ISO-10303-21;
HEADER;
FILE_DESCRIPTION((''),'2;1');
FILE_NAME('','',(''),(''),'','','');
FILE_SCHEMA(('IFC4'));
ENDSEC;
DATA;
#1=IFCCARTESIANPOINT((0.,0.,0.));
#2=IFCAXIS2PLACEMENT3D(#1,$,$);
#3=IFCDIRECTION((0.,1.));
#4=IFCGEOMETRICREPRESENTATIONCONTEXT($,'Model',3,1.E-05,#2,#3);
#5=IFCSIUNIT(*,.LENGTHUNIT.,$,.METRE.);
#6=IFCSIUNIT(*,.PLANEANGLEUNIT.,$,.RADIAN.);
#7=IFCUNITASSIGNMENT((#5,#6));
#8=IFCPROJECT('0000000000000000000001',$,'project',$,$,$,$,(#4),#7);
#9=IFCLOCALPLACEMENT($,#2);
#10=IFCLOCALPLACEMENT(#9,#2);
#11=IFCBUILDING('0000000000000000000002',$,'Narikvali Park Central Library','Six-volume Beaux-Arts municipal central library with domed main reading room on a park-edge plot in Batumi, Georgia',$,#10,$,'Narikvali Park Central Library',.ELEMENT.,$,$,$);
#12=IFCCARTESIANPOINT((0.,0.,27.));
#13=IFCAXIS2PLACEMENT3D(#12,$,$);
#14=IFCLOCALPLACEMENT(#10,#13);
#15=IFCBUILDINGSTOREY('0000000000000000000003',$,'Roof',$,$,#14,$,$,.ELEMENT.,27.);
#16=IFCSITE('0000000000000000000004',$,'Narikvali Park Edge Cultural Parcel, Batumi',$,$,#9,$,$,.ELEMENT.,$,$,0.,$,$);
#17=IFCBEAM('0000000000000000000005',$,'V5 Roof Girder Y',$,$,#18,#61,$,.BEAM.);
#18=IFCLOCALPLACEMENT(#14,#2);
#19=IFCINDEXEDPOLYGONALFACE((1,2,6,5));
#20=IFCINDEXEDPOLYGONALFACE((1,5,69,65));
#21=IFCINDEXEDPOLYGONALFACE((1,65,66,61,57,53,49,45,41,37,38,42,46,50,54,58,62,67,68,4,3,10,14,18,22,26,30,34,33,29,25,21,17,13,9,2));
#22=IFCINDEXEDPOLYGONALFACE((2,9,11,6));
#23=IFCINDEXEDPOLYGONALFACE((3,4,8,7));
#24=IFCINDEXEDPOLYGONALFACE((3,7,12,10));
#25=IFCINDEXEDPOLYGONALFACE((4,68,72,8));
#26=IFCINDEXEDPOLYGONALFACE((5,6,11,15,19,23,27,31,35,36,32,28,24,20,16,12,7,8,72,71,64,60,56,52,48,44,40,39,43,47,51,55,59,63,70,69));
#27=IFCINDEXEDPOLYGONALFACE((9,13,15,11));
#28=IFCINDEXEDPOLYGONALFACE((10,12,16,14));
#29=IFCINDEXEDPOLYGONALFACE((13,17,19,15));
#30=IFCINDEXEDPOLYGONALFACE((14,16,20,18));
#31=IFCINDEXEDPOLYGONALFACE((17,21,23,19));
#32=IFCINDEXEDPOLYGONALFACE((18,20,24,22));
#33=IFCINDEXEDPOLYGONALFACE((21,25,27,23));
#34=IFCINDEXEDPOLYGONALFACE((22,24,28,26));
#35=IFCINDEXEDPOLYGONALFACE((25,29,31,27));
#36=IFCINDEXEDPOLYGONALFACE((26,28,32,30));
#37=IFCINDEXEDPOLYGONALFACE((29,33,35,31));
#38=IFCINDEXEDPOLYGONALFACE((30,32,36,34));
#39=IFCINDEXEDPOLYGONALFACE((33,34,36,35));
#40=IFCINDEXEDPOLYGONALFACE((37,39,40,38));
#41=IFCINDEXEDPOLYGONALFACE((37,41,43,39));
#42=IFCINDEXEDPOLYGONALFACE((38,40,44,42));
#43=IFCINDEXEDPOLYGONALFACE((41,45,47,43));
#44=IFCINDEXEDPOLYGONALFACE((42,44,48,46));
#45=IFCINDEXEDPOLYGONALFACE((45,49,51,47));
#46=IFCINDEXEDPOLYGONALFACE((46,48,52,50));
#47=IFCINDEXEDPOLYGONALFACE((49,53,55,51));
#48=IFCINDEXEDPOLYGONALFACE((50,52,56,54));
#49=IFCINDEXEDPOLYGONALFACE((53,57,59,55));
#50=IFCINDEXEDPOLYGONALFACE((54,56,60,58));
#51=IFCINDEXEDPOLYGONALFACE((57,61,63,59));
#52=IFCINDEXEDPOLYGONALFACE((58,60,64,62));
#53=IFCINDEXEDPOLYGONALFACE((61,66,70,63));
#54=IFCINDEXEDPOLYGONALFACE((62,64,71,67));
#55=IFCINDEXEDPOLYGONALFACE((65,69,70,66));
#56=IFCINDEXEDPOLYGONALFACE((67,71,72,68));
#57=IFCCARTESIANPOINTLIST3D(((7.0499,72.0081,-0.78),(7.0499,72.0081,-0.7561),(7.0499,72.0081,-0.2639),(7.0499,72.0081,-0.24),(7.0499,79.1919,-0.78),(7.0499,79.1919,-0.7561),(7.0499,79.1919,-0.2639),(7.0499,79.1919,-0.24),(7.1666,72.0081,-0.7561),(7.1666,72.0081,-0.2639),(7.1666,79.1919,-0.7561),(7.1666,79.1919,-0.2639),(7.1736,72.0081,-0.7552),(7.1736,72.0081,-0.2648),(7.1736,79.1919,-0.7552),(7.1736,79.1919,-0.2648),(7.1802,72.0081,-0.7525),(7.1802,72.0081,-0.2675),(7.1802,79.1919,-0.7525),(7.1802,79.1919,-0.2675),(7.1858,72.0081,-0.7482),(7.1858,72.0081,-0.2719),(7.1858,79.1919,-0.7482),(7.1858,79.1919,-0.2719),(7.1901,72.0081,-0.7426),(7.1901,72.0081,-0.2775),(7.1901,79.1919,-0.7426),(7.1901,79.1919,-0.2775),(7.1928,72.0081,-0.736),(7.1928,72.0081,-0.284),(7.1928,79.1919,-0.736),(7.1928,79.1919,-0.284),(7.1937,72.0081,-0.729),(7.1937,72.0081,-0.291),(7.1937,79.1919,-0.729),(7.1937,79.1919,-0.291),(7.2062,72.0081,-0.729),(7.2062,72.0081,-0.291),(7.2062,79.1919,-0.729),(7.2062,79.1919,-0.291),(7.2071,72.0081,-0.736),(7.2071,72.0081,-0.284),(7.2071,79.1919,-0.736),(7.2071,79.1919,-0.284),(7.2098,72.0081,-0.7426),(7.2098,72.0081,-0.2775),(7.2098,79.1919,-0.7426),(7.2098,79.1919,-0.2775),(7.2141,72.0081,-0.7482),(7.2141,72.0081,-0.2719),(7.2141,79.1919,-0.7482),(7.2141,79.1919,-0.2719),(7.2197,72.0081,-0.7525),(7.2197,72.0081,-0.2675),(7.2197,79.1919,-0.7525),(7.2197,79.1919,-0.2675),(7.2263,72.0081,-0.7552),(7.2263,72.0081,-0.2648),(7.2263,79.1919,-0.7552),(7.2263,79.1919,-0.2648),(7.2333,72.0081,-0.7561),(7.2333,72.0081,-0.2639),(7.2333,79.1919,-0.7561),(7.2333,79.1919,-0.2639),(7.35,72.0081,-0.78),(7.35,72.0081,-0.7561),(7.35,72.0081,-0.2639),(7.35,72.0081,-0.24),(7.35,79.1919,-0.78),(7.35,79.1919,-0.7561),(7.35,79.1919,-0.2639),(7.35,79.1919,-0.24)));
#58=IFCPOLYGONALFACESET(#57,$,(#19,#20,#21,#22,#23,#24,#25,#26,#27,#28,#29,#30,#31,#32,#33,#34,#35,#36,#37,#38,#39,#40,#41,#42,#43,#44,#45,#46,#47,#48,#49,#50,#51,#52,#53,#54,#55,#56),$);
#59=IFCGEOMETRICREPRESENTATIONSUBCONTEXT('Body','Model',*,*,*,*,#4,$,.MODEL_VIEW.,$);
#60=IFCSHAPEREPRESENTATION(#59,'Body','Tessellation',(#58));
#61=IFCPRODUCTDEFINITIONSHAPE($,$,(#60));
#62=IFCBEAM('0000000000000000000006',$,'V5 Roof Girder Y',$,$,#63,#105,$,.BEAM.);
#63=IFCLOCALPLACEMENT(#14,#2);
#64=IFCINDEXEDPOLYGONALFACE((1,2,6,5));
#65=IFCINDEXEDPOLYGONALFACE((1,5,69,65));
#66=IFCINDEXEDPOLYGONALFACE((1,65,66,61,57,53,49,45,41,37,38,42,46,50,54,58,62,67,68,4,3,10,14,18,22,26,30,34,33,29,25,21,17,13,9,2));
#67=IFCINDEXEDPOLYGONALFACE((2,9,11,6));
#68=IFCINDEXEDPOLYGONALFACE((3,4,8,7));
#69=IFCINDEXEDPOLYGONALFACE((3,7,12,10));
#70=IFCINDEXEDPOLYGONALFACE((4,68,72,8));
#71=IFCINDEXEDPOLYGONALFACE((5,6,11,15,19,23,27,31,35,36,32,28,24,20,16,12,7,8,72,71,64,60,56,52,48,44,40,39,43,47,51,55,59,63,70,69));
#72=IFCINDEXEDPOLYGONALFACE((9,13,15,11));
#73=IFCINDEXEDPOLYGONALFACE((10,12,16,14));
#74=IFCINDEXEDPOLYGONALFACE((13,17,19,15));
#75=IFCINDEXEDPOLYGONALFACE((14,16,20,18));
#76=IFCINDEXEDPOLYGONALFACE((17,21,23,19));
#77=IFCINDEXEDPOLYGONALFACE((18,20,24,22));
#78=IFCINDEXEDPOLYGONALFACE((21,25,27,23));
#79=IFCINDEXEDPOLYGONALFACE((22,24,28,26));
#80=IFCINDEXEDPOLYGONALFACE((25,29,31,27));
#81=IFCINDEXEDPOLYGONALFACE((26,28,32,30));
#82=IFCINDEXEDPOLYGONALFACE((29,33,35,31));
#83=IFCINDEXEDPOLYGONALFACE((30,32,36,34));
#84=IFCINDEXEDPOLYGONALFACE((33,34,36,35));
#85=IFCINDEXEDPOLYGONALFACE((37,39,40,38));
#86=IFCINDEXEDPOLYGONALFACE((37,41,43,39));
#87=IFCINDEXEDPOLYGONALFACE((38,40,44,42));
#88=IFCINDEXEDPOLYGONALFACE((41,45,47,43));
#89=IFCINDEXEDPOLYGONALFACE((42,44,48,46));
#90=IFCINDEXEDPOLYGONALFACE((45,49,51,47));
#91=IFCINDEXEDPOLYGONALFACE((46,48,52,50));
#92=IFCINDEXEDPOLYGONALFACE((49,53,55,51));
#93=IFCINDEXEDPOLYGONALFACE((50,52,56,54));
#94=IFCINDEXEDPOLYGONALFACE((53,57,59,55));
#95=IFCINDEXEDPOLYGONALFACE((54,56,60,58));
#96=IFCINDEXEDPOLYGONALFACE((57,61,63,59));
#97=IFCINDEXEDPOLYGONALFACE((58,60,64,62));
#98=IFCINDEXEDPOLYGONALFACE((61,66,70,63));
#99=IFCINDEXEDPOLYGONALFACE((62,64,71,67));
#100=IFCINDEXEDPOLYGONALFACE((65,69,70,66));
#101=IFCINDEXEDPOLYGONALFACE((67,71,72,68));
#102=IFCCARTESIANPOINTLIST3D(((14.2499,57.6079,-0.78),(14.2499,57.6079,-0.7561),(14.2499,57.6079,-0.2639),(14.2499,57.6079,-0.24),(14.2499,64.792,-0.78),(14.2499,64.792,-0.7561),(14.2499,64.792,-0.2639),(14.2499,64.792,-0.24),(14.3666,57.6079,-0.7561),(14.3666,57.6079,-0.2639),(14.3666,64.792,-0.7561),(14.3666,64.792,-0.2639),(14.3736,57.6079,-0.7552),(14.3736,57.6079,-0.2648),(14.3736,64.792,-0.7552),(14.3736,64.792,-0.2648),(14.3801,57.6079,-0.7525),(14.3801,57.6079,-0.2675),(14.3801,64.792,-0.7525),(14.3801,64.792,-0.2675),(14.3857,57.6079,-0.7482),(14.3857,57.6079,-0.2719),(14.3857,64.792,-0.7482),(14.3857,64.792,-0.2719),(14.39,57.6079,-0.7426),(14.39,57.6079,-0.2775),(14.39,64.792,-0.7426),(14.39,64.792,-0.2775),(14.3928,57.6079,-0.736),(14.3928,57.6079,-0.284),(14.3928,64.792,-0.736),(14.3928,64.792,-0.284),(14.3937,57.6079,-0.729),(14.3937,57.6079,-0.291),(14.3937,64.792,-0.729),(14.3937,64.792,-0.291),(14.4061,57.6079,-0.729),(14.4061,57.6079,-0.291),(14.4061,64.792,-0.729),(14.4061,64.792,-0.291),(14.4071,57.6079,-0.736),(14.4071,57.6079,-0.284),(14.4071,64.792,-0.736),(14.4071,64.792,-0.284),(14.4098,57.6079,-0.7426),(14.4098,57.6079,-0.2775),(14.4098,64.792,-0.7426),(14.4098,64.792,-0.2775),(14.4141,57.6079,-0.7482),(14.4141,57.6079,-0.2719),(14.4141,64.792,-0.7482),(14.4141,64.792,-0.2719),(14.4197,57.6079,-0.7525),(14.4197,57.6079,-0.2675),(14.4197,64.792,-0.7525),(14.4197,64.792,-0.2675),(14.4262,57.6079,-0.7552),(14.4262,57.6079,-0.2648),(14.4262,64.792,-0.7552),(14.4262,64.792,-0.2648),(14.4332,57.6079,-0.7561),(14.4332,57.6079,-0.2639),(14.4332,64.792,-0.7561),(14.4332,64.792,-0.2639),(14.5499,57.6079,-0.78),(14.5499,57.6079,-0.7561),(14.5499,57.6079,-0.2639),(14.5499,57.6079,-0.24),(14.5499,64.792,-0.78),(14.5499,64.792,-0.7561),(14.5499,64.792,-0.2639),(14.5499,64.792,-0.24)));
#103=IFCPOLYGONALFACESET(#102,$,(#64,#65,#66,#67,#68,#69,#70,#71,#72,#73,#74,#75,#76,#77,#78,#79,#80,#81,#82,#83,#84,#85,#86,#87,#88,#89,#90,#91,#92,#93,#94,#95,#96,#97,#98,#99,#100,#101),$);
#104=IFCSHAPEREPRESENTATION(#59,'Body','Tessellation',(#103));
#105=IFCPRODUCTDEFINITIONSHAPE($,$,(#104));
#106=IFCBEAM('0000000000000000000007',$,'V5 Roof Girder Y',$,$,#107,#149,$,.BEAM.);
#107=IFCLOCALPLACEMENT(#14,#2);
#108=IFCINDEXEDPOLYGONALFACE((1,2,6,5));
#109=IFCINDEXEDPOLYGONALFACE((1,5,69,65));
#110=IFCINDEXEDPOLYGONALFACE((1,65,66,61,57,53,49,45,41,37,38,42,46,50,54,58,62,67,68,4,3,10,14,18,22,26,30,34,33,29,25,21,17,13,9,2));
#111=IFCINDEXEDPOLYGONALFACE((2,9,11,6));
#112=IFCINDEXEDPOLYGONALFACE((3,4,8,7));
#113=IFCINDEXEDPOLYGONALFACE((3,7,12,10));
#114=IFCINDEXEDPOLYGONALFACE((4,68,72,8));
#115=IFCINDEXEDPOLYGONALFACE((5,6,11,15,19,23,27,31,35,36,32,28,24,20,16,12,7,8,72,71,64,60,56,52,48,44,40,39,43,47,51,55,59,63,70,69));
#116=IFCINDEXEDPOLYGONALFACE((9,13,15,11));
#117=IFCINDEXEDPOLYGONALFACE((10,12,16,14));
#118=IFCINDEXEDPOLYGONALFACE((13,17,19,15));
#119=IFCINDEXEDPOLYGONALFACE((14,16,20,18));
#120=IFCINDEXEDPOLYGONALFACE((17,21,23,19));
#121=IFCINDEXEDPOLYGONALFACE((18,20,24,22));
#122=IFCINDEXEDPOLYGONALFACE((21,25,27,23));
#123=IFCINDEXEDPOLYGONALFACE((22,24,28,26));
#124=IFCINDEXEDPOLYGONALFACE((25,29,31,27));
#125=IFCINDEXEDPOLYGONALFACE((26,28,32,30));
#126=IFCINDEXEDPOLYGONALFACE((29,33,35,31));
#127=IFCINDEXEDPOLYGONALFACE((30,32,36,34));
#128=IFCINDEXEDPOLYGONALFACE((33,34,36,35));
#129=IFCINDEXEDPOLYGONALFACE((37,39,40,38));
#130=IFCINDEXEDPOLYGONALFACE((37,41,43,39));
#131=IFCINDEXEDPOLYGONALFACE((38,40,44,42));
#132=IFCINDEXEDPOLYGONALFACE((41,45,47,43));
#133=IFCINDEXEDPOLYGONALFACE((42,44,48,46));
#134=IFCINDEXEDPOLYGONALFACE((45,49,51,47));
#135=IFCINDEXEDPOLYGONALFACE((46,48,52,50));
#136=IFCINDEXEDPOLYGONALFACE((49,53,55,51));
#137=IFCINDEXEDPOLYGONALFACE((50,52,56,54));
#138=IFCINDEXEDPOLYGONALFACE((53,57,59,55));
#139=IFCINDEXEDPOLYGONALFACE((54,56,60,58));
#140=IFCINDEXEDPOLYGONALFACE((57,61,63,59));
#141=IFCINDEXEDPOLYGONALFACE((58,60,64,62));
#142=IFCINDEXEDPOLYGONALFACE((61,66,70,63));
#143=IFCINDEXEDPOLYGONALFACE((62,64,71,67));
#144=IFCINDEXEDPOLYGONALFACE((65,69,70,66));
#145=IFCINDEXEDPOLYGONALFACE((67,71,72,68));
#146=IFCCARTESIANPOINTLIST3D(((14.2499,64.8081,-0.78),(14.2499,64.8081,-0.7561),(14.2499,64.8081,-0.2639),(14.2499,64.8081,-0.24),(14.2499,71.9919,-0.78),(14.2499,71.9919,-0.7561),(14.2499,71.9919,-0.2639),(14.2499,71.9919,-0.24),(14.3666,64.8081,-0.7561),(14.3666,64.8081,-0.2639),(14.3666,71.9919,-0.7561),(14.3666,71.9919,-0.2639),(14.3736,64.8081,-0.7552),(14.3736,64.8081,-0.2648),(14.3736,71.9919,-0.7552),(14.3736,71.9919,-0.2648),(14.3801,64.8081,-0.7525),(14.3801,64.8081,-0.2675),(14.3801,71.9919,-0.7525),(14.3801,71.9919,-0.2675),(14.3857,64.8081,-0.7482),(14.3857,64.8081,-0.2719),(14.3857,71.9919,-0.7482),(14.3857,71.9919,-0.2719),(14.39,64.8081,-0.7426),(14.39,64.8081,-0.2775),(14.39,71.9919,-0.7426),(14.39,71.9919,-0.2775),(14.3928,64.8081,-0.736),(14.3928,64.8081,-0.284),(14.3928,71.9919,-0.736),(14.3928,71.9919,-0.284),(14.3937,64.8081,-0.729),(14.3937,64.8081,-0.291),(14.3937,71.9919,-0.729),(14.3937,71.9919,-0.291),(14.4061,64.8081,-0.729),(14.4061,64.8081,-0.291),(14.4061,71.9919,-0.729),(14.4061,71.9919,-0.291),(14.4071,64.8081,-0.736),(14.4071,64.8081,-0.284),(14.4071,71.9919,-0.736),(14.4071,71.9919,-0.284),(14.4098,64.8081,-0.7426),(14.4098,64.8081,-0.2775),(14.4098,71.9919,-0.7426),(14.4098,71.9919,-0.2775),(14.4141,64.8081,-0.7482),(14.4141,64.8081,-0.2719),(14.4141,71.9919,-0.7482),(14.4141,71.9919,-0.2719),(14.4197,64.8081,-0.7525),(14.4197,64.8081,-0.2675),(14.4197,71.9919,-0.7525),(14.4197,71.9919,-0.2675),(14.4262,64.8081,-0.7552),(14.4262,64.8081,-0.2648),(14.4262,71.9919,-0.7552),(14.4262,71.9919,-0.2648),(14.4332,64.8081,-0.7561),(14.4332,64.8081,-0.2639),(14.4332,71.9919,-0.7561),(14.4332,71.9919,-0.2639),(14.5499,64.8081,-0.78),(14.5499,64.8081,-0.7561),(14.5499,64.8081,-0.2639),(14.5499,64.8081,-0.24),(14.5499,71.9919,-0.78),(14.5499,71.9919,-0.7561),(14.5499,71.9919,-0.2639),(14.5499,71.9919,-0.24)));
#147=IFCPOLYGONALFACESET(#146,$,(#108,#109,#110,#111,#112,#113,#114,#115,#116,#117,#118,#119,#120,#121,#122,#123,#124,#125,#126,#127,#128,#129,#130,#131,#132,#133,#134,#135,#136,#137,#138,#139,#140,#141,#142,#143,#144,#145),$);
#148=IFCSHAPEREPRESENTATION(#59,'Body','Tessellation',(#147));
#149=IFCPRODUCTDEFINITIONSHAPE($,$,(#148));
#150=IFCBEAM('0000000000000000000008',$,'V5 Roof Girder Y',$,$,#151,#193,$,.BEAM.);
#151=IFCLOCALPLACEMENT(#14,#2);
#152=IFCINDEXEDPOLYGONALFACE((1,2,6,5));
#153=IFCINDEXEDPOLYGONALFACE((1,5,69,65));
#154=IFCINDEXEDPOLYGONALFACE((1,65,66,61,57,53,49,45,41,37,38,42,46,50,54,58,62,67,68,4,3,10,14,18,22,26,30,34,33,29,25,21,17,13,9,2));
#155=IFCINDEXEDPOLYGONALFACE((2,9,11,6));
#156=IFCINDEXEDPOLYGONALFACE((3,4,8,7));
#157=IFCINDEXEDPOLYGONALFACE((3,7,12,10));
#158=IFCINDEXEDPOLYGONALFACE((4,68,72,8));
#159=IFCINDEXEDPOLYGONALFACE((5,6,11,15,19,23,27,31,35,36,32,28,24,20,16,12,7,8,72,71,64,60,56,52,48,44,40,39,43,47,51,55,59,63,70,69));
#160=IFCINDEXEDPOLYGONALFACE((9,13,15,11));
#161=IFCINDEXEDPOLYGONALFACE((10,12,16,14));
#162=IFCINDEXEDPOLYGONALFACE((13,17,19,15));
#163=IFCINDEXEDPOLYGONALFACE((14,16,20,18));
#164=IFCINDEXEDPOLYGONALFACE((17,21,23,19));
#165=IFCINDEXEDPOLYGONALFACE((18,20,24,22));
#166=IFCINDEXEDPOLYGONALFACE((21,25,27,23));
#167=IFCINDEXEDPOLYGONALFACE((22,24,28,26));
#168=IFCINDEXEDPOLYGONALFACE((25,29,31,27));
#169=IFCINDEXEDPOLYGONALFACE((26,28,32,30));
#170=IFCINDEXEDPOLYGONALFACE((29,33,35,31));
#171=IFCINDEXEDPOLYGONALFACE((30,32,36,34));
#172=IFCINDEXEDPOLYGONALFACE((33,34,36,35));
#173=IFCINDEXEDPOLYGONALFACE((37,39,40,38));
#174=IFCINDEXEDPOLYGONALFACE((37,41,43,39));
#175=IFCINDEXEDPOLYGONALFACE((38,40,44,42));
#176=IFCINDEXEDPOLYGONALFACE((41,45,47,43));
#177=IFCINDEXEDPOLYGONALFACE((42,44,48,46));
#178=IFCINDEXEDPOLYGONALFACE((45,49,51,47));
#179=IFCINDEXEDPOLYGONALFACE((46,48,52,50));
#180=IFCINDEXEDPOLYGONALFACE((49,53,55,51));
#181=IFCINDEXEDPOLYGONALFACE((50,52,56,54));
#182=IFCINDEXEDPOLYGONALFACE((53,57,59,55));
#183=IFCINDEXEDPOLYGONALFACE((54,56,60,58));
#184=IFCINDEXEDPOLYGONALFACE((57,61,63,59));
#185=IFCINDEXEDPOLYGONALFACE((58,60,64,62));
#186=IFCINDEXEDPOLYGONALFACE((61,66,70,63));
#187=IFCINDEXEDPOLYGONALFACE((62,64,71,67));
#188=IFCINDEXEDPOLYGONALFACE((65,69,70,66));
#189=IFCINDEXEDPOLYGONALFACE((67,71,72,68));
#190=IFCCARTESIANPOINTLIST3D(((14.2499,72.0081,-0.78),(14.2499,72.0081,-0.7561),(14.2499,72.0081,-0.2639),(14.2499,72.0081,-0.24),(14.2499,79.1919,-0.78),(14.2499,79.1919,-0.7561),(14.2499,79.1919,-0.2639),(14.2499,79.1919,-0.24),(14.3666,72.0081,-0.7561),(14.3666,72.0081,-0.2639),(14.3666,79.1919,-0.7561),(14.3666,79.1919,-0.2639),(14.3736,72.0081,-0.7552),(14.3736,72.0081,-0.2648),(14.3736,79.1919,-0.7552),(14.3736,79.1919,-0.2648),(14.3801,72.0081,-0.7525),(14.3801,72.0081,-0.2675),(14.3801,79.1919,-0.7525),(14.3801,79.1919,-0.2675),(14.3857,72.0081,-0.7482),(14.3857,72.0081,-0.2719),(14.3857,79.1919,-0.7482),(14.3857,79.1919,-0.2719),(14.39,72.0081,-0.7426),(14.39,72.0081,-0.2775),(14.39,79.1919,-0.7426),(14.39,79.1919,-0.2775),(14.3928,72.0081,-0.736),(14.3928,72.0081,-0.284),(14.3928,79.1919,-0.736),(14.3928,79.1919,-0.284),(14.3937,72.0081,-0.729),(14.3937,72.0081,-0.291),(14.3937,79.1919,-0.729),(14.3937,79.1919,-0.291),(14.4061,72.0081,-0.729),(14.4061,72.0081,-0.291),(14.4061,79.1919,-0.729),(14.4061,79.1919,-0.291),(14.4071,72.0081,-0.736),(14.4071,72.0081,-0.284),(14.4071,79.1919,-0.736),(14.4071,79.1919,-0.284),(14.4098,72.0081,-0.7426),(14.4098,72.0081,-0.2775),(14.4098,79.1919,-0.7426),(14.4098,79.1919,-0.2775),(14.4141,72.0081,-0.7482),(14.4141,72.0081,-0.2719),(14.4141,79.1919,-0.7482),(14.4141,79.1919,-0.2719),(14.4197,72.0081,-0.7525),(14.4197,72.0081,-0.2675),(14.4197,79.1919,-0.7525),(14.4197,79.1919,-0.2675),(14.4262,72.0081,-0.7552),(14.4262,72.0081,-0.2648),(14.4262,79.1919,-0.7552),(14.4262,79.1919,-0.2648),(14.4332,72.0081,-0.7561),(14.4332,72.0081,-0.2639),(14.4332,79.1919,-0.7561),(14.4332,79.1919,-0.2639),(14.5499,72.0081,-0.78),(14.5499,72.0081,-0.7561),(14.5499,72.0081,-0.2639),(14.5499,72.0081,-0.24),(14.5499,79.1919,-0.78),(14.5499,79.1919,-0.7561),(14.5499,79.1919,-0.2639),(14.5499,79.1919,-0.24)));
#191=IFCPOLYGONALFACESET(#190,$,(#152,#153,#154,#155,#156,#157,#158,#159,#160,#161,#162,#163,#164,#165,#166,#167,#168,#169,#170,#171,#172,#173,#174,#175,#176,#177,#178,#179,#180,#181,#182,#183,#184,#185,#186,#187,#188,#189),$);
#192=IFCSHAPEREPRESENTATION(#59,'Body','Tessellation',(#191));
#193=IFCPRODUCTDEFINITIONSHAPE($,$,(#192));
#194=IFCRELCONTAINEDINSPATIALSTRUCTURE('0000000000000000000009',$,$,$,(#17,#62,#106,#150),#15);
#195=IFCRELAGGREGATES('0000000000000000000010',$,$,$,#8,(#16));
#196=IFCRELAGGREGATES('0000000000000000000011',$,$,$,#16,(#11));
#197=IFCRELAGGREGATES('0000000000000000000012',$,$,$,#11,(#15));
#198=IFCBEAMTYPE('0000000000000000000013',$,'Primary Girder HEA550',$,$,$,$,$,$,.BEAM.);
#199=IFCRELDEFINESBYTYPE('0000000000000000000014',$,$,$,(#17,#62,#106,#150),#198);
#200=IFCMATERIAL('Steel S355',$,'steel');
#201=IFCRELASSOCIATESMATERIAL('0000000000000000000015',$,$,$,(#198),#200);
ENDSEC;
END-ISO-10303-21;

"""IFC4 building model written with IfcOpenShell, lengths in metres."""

from ifc_helpers import new_model, si_unit, direction, frame, origin, origin_2d, place, context, subcontext, project, spatial, i_section, extrude, material, material_profile, profile_set, type_object, element, save


model = new_model("IFC4")

# Units and contexts
model_context = context("Model", 3, precision=1e-05, world=origin(), true_north=direction((0.0, 1.0)))
body_context = subcontext(model_context, "Body", "Model", "MODEL_VIEW")
ifc_project = project(units=[si_unit("LENGTHUNIT", "METRE"), si_unit("PLANEANGLEUNIT", "RADIAN")], contexts=[model_context])

# Site, building, storey
site_placement = place(None, origin())
site = spatial("IfcSite", under=ifc_project, at=site_placement, Name="Narikvali Park Edge Cultural Parcel, Batumi", CompositionType="ELEMENT", RefElevation=0.0)
building_placement = place(site_placement, origin())
building = spatial("IfcBuilding", under=site, at=building_placement, Name="Narikvali Park Central Library", Description="Six-volume Beaux-Arts municipal central library with domed main reading room on a park-edge plot in Batumi, Georgia", LongName="Narikvali Park Central Library", CompositionType="ELEMENT")
storey_placement = place(building_placement, frame((0.0, 0.0, 27.0)))
storey = spatial("IfcBuildingStorey", under=building, at=storey_placement, Name="Roof", CompositionType="ELEMENT", Elevation=27.0)

# Beams
ifc_material = material(Name="Steel S355", Category="steel")
ifc_material_profile_1 = material_profile(ifc_material, i_section(OverallWidth=0.3, OverallDepth=0.54, WebThickness=0.0125, FlangeThickness=0.0239, FilletRadius=0.0271, at=origin_2d()), Name="HEA 550")
ifc_profile_set_1 = profile_set([ifc_material_profile_1], Name="Steel S355")
beam_type_1 = type_object("IfcBeamType", Name="Primary Girder HEA550", PredefinedType="BEAM", material=ifc_profile_set_1)
for number, where, z_axis, x_axis, name in (
    (1, (7.2, 72.0081, -0.51), (0.0, 1.0, 0.0), (-1.0, 0.0, 0.0), "V5 Roof Girder Y"),
):
    element("IfcBeam", number, at=place(storey_placement, frame(where, z_axis=z_axis, x_axis=x_axis)), inside=storey, type_object=beam_type_1, Name=name, PredefinedType="BEAM", context=body_context, shape_type="SweptSolid", body=[
        extrude(i_section(OverallWidth=0.3, OverallDepth=0.54, WebThickness=0.0125, FlangeThickness=0.0239, FilletRadius=0.0271, at=origin_2d()), origin(), (0.0, 0.0, 1.0), 7.1838),
    ])
beam_1_placement = place(storey_placement, frame((14.3999, 57.6079, -0.51), z_axis=(0.0, 1.0, 0.0), x_axis=(-1.0, 0.0, 0.0)))
element("IfcBeam", 2, at=beam_1_placement, inside=storey, type_object=beam_type_1, Name="V5 Roof Girder Y", PredefinedType="BEAM", context=body_context, shape_type="SweptSolid", body=[
    extrude(i_section(OverallWidth=0.3, OverallDepth=0.54, WebThickness=0.0125, FlangeThickness=0.0239, FilletRadius=0.0271, at=origin_2d()), origin(), (0.0, 0.0, 1.0), 7.1841),
])
for number, where, z_axis, x_axis, name in (
    (3, (14.3999, 64.8081, -0.51), (0.0, 1.0, 0.0), (-1.0, 0.0, 0.0), "V5 Roof Girder Y"),
    (4, (14.3999, 72.0081, -0.51), (0.0, 1.0, 0.0), (-1.0, 0.0, 0.0), "V5 Roof Girder Y"),
):
    element("IfcBeam", number, at=place(storey_placement, frame(where, z_axis=z_axis, x_axis=x_axis)), inside=storey, type_object=beam_type_1, Name=name, PredefinedType="BEAM", context=body_context, shape_type="SweptSolid", body=[
        extrude(i_section(OverallWidth=0.3, OverallDepth=0.54, WebThickness=0.0125, FlangeThickness=0.0239, FilletRadius=0.0271, at=origin_2d()), origin(), (0.0, 0.0, 1.0), 7.1838),
    ])

save(model, "model.ifc")
